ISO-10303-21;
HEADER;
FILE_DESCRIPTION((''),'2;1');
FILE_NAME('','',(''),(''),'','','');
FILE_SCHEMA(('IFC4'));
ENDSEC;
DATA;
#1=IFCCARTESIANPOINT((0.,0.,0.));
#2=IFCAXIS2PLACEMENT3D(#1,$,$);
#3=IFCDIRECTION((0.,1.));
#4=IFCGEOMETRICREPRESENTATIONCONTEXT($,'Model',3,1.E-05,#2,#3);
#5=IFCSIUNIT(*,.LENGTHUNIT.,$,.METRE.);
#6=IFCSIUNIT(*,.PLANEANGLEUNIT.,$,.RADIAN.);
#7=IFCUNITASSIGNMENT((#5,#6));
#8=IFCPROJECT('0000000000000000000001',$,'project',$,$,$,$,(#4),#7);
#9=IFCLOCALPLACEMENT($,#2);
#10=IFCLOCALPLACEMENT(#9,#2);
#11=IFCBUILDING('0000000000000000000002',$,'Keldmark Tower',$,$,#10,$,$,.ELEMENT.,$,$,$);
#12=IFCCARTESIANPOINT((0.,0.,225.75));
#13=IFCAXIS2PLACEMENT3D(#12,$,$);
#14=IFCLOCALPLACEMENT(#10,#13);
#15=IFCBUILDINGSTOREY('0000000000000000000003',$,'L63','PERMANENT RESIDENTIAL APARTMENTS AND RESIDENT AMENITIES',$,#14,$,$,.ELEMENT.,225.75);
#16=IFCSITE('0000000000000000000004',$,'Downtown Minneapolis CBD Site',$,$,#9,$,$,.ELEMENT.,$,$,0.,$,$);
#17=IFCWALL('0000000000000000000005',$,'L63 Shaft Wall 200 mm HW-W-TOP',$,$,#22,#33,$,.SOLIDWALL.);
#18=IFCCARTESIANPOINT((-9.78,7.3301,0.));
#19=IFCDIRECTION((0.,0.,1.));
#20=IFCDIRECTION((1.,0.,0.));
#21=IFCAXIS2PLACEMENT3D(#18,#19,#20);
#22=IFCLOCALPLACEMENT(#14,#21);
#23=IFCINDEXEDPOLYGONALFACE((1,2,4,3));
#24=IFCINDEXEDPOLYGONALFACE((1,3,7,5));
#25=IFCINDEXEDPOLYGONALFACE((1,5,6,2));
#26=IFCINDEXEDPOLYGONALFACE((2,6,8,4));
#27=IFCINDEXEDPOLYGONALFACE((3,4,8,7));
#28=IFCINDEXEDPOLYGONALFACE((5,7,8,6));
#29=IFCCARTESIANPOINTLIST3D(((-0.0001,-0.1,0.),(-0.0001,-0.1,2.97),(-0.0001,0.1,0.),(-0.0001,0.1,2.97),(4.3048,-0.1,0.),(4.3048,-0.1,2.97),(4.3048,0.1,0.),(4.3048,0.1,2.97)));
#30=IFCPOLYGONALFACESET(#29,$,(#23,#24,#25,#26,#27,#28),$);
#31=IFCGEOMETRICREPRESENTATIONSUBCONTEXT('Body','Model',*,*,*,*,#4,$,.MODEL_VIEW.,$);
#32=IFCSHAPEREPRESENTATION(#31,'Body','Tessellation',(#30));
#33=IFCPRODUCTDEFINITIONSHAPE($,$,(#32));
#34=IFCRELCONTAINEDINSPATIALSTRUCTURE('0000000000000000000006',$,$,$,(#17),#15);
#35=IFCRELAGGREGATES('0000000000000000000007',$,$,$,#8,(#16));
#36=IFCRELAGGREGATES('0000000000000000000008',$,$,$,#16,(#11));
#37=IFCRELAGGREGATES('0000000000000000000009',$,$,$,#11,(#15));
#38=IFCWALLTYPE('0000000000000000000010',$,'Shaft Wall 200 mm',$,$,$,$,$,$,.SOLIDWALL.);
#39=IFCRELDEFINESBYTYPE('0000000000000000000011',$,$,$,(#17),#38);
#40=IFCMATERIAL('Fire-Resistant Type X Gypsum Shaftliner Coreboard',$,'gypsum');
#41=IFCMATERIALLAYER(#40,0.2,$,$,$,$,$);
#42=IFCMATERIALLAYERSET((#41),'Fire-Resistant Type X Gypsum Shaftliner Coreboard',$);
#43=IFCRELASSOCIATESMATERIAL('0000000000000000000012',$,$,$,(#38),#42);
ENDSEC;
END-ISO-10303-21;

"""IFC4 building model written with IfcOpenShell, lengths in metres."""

from ifc_helpers import new_model, si_unit, direction, frame, frame_2d, origin, place, context, subcontext, project, spatial, rectangle, extrude, material, layer, layer_set, type_object, element, save


model = new_model("IFC4")

# Units and contexts
model_context = context("Model", 3, precision=1e-05, world=origin(), true_north=direction((0.0, 1.0)))
body_context = subcontext(model_context, "Body", "Model", "MODEL_VIEW")
ifc_project = project(units=[si_unit("LENGTHUNIT", "METRE"), si_unit("PLANEANGLEUNIT", "RADIAN")], contexts=[model_context])

# Site, building, storey
site_placement = place(None, origin())
site = spatial("IfcSite", under=ifc_project, at=site_placement, Name="Downtown Minneapolis CBD Site", CompositionType="ELEMENT", RefElevation=0.0)
building_placement = place(site_placement, origin())
building = spatial("IfcBuilding", under=site, at=building_placement, Name="Keldmark Tower", CompositionType="ELEMENT")
storey_placement = place(building_placement, frame((0.0, 0.0, 225.75)))
storey = spatial("IfcBuildingStorey", under=building, at=storey_placement, Name="L63", Description="PERMANENT RESIDENTIAL APARTMENTS AND RESIDENT AMENITIES", CompositionType="ELEMENT", Elevation=225.75)

# Shared definitions
ifc_material_1 = material(Name="Fire-Resistant Type X Gypsum Shaftliner Coreboard", Category="gypsum")
ifc_layer_1 = layer(ifc_material_1, 0.2)
ifc_layer_set_1 = layer_set([ifc_layer_1], Name="Fire-Resistant Type X Gypsum Shaftliner Coreboard")
wall_type_1 = type_object("IfcWallType", Name="Shaft Wall 200 mm", PredefinedType="SOLIDWALL", material=ifc_layer_set_1)

# Wall
wall_1_placement = place(storey_placement, frame((-9.78, 7.3301, 0.0), z_axis=(0.0, 0.0, 1.0), x_axis=(1.0, 0.0, 0.0)))
element("IfcWall", 1, at=wall_1_placement, inside=storey, type_object=wall_type_1, Name="L63 Shaft Wall 200 mm HW-W-TOP", PredefinedType="SOLIDWALL", context=body_context, shape_type="SweptSolid", body=[
    extrude(rectangle(XDim=4.3049, YDim=0.2, at=frame_2d((2.1523, 0.0))), origin(), (0.0, 0.0, 1.0), 2.97),
])

save(model, "model.ifc")
